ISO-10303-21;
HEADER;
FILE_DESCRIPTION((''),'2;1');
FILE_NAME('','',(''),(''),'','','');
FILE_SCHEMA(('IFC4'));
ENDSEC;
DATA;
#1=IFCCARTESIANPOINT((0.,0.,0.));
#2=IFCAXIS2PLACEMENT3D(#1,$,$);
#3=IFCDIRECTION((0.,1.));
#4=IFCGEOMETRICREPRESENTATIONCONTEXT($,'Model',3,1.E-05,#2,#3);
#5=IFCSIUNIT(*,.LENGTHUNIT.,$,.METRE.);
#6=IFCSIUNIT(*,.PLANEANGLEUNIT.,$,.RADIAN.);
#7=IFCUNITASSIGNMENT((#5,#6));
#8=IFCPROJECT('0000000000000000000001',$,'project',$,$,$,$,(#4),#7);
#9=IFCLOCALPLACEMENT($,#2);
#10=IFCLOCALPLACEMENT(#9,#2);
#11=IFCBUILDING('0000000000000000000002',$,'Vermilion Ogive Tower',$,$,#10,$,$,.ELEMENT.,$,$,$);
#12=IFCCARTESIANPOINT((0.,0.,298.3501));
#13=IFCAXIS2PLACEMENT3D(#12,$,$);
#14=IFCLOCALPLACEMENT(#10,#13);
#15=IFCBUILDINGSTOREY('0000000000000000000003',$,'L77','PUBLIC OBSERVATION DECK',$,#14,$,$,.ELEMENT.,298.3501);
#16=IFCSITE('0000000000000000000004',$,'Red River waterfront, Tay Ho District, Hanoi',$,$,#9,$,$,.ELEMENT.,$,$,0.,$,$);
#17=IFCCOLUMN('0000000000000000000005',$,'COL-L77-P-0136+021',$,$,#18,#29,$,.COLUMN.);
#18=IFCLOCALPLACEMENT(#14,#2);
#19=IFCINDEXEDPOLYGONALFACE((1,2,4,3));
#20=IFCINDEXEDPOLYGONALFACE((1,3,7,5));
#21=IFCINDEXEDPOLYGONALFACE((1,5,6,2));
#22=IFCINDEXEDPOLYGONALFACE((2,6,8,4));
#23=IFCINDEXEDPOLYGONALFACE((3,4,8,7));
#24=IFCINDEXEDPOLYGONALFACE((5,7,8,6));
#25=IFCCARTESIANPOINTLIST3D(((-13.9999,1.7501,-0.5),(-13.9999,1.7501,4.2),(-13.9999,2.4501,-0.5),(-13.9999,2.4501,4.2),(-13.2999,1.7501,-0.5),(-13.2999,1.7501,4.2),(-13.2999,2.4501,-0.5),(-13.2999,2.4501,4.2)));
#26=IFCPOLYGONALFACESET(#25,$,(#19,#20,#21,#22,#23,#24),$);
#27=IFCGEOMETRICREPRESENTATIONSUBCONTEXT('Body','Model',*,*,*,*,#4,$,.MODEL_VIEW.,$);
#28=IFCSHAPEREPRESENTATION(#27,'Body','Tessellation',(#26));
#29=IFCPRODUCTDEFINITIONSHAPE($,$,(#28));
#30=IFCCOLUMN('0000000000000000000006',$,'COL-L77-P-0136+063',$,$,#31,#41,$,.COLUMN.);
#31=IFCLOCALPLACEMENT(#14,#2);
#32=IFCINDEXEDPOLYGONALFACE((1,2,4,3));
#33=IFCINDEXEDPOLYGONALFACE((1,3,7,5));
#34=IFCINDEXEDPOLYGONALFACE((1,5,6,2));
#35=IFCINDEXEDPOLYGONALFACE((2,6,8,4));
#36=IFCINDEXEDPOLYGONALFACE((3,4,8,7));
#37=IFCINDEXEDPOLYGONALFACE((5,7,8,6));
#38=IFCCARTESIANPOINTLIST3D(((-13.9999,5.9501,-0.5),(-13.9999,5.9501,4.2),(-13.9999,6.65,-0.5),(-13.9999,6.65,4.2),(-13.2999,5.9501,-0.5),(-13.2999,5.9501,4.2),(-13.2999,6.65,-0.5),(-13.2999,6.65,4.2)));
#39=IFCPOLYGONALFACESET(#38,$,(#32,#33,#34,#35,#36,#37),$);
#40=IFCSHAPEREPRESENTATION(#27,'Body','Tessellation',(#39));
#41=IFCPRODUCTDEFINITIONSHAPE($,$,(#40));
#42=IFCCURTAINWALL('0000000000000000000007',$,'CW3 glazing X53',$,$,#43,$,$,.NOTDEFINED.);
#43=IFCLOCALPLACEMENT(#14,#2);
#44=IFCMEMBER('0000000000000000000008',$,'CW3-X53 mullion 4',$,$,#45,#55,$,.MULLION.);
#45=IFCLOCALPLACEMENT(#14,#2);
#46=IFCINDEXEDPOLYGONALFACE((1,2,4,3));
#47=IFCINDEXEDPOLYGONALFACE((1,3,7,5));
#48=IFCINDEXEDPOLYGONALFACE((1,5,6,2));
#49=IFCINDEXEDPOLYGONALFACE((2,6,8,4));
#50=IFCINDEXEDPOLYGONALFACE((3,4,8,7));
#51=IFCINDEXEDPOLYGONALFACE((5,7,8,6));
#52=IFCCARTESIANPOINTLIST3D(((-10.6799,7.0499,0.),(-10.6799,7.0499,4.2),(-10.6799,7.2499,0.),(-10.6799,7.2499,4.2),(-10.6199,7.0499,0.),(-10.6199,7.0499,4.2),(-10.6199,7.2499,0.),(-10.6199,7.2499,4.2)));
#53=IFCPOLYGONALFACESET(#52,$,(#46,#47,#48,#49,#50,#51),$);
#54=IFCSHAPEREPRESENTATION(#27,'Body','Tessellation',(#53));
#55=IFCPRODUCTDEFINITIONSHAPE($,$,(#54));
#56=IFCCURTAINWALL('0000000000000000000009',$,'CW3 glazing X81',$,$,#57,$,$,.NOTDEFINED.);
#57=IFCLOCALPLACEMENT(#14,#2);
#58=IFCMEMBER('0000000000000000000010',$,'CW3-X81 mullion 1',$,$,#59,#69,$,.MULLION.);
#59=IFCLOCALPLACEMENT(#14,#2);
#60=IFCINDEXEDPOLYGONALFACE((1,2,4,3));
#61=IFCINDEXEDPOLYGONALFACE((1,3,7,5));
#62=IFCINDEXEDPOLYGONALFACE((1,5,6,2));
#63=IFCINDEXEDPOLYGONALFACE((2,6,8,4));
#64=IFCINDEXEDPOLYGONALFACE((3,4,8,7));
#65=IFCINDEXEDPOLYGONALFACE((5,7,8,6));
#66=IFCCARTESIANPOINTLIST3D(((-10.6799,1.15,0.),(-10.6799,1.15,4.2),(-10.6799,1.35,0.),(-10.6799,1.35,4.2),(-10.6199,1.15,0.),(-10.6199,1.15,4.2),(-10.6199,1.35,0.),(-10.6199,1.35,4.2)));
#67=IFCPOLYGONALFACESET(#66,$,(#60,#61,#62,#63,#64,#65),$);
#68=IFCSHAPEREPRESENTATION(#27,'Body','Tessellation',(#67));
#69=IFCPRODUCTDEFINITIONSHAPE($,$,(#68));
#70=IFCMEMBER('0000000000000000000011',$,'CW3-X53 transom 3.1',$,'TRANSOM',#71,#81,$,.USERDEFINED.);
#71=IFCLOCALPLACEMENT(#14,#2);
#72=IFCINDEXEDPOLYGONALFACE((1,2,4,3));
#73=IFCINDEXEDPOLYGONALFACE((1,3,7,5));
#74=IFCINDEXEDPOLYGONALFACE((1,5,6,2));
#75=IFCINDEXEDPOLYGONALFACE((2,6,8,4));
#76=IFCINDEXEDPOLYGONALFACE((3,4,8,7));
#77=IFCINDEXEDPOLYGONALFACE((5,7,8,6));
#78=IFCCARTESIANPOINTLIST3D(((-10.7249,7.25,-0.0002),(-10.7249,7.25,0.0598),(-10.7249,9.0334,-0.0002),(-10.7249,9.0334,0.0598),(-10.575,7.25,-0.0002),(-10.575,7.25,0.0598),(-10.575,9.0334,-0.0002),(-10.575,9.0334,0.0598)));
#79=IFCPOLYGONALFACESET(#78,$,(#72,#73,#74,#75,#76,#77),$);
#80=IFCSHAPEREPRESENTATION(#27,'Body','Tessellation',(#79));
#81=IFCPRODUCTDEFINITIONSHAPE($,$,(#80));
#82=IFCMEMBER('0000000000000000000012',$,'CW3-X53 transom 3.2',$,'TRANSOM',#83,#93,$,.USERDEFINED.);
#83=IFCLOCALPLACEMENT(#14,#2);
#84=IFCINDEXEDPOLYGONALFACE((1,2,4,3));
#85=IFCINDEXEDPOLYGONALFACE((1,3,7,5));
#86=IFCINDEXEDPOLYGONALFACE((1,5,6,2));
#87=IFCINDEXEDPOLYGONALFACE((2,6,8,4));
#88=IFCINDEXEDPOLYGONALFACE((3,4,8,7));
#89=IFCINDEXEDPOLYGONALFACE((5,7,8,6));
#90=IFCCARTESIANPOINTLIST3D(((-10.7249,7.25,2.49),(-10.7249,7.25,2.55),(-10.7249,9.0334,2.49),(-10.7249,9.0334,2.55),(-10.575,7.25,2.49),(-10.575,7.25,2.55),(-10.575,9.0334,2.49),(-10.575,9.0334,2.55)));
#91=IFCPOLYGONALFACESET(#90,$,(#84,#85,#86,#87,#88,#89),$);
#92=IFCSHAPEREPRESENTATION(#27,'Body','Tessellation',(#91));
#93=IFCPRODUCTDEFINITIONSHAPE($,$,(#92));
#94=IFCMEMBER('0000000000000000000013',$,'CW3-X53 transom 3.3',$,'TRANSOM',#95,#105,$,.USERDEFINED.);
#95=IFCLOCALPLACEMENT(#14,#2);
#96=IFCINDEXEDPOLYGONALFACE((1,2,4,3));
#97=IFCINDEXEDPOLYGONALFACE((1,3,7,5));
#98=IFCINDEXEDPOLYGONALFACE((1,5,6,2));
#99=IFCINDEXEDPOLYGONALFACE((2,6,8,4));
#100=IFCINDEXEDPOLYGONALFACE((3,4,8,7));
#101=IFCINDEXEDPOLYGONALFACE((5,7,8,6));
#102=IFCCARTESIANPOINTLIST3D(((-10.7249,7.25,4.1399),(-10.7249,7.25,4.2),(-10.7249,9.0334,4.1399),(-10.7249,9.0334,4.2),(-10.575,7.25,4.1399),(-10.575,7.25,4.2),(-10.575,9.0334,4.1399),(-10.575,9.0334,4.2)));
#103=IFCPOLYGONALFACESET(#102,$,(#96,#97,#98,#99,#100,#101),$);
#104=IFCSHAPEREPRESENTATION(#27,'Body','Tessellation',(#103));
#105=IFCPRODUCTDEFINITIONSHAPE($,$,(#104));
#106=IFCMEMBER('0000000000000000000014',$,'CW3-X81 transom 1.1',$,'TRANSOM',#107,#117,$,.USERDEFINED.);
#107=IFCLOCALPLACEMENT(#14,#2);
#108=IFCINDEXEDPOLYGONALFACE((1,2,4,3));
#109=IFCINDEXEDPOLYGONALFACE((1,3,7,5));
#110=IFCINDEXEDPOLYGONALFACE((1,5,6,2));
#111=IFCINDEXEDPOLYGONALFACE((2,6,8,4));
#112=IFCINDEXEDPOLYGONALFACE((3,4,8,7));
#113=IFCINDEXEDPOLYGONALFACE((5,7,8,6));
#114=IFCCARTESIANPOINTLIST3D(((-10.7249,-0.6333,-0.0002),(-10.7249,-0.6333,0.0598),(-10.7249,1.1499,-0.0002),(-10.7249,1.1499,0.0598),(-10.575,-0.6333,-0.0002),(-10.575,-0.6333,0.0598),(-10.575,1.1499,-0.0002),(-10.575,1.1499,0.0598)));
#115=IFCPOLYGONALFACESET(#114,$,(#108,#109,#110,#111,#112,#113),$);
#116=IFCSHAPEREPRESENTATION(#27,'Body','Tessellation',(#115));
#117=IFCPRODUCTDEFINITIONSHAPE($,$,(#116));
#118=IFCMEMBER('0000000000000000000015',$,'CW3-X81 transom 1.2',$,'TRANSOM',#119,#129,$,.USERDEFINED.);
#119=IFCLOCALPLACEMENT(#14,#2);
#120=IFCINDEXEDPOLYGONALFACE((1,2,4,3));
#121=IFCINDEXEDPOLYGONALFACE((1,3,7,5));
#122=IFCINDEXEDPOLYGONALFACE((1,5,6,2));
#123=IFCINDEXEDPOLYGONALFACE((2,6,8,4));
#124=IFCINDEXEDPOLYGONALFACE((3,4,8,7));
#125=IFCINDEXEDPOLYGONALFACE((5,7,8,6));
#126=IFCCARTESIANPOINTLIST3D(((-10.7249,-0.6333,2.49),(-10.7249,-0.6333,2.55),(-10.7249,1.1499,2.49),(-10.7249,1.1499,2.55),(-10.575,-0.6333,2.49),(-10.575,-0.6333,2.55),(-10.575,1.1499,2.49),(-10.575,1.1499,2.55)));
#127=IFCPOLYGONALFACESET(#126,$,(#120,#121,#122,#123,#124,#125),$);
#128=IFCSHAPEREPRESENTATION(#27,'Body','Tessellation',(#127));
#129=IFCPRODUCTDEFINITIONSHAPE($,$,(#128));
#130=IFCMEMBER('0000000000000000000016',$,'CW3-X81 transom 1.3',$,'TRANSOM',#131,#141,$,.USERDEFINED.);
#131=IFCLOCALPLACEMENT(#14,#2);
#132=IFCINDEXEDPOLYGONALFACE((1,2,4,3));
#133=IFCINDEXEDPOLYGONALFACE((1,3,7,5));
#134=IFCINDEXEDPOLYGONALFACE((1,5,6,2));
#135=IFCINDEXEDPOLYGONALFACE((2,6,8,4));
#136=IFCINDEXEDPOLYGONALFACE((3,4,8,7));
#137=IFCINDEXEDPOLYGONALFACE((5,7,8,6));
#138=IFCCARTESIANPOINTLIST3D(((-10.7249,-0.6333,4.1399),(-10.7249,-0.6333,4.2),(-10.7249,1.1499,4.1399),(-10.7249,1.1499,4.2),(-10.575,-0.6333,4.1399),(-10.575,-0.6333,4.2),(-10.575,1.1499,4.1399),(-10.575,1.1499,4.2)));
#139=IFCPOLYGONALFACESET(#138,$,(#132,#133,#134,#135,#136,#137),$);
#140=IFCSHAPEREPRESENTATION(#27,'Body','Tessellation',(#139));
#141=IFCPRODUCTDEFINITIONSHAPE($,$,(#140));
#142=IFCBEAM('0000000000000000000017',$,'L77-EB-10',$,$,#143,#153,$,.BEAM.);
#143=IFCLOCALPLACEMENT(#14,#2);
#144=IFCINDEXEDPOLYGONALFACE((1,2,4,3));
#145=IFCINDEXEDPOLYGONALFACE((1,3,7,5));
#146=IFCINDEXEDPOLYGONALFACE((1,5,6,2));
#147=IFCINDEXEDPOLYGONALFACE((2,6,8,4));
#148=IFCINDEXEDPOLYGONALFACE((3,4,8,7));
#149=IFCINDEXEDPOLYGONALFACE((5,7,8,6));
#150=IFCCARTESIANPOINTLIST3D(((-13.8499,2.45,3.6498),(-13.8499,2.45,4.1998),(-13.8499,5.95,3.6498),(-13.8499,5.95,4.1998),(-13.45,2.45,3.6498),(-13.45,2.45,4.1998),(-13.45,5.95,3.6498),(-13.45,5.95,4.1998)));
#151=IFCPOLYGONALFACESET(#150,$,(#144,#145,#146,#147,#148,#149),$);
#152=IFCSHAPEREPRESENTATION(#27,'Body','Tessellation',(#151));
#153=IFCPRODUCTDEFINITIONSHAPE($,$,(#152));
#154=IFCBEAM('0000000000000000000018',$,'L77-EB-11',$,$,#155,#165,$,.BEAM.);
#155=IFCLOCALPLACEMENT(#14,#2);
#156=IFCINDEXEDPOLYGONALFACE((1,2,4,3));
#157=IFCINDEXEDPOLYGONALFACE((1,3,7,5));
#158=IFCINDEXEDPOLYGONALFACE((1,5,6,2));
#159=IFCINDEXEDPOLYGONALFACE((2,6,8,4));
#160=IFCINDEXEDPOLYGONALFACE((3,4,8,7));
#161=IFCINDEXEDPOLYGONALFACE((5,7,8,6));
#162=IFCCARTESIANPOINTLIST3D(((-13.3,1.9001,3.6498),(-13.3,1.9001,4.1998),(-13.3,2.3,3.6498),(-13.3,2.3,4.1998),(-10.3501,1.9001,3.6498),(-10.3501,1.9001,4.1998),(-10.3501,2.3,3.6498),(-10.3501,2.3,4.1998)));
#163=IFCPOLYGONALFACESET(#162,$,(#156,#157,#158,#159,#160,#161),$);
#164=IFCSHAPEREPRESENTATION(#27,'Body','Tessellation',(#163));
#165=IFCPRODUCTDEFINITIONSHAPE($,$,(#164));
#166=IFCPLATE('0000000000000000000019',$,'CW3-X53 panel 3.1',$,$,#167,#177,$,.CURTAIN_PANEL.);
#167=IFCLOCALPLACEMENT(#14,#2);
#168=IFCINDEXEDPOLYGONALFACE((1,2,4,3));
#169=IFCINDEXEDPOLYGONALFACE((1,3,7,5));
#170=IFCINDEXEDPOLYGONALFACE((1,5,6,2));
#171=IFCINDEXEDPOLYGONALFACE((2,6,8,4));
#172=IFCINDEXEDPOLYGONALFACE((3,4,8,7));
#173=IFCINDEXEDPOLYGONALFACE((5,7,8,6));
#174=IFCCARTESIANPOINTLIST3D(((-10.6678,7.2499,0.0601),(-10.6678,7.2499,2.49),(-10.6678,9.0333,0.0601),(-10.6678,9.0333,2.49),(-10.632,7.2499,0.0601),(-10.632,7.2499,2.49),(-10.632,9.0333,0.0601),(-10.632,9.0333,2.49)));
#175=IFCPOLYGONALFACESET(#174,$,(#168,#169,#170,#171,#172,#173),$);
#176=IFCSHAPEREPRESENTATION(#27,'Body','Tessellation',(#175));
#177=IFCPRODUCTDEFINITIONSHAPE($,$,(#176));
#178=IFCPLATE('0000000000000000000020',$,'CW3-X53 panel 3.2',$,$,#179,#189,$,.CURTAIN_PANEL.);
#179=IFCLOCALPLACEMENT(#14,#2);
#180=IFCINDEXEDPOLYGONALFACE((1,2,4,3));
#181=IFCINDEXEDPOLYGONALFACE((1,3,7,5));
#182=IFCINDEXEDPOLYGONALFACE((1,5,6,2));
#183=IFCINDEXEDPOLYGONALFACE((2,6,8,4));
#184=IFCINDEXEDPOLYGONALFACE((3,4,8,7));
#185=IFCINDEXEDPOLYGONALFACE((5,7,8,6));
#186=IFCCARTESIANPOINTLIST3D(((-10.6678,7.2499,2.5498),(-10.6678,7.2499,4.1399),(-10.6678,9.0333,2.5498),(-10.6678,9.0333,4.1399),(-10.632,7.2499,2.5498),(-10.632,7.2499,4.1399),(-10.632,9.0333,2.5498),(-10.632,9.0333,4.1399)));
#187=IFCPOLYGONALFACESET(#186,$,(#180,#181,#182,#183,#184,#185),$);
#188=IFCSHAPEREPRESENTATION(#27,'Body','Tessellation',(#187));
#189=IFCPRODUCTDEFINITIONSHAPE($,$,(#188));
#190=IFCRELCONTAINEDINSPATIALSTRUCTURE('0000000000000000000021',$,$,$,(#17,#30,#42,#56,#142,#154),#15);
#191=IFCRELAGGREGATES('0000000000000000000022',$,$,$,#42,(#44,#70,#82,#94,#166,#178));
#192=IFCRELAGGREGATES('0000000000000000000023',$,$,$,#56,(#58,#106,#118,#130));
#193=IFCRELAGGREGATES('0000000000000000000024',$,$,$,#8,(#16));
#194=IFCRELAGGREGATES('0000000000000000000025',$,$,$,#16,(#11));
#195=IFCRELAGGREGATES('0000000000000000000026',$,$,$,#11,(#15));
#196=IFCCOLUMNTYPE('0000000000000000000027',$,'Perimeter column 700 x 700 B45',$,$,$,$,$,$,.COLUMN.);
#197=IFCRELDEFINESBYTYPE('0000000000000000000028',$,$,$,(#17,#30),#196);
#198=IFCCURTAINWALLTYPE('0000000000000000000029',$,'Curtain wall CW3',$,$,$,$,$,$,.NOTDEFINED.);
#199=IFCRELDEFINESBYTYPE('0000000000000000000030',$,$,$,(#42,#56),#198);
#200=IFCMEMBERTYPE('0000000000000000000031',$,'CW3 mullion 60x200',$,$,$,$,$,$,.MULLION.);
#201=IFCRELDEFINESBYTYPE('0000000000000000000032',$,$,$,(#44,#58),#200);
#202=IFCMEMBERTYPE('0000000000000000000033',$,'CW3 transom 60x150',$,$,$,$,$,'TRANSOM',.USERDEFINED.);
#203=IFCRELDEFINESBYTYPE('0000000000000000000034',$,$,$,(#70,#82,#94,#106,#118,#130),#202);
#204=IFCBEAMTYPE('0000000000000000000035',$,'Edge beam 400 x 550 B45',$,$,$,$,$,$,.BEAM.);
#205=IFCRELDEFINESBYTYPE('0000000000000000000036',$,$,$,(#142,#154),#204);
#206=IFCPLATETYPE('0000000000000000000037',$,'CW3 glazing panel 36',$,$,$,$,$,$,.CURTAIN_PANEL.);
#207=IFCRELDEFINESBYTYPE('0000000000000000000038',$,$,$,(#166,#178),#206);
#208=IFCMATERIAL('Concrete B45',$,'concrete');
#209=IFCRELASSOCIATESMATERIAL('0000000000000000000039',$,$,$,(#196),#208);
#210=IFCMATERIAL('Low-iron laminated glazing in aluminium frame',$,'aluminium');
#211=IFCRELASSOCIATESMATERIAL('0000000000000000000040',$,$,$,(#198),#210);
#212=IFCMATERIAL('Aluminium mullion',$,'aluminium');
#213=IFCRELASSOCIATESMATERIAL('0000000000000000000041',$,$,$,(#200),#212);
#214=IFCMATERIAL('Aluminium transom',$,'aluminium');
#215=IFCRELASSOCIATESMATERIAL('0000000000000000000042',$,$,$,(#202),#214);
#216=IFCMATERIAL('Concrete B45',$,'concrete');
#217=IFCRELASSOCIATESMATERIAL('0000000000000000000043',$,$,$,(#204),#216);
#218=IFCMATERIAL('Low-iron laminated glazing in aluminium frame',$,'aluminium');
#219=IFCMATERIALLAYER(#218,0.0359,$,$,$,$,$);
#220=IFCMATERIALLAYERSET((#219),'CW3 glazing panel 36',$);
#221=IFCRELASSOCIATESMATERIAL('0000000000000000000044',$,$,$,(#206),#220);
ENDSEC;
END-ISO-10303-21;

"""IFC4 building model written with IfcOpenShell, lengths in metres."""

from ifc_helpers import new_model, si_unit, direction, frame, origin, origin_2d, place, context, subcontext, project, spatial, rectangle, extrude, material, layer, layer_set, material_profile, profile_set, type_object, element, aggregate, save


model = new_model("IFC4")

# Units and contexts
model_context = context("Model", 3, precision=1e-05, world=origin(), true_north=direction((0.0, 1.0)))
body_context = subcontext(model_context, "Body", "Model", "MODEL_VIEW")
ifc_project = project(units=[si_unit("LENGTHUNIT", "METRE"), si_unit("PLANEANGLEUNIT", "RADIAN")], contexts=[model_context])

# Site, building, storey
site_placement = place(None, origin())
site = spatial("IfcSite", under=ifc_project, at=site_placement, Name="Red River waterfront, Tay Ho District, Hanoi", CompositionType="ELEMENT", RefElevation=0.0)
building_placement = place(site_placement, origin())
building = spatial("IfcBuilding", under=site, at=building_placement, Name="Vermilion Ogive Tower", CompositionType="ELEMENT")
storey_placement = place(building_placement, frame((0.0, 0.0, 298.3501)))
storey = spatial("IfcBuildingStorey", under=building, at=storey_placement, Name="L77", Description="PUBLIC OBSERVATION DECK", CompositionType="ELEMENT", Elevation=298.3501)

# Columns
ifc_material_1 = material(Name="Concrete B45", Category="concrete")
ifc_material_profile_1 = material_profile(ifc_material_1, rectangle(XDim=0.7, YDim=0.7, at=origin_2d()), Name="700 x 700")
ifc_profile_set_1 = profile_set([ifc_material_profile_1], Name="Concrete B45")
column_type = type_object("IfcColumnType", Name="Perimeter column 700 x 700 B45", PredefinedType="COLUMN", material=ifc_profile_set_1)
for number, where, z_axis, x_axis, name in (
    (1, (-13.6499, 2.1001, -0.5), (0.0, 0.0, 1.0), (1.0, 0.0, 0.0), "COL-L77-P-0136+021"),
    (2, (-13.6499, 6.3, -0.5), (0.0, 0.0, 1.0), (1.0, 0.0, 0.0), "COL-L77-P-0136+063"),
):
    element("IfcColumn", number, at=place(storey_placement, frame(where, z_axis=z_axis, x_axis=x_axis)), inside=storey, type_object=column_type, Name=name, PredefinedType="COLUMN", context=body_context, shape_type="SweptSolid", body=[
        extrude(rectangle(XDim=0.7, YDim=0.7, at=origin_2d()), origin(), (0.0, 0.0, 1.0), 4.7),
    ])

# Curtain walls, members
ifc_material_2 = material(Name="Low-iron laminated glazing in aluminium frame", Category="aluminium")
curtain_wall_type = type_object("IfcCurtainWallType", Name="Curtain wall CW3", PredefinedType="NOTDEFINED", material=ifc_material_2)
curtain_wall_1_placement = place(storey_placement, origin())
curtain_wall_1 = element("IfcCurtainWall", 3, at=curtain_wall_1_placement, inside=storey, type_object=curtain_wall_type, Name="CW3 glazing X53", PredefinedType="NOTDEFINED")
ifc_material_3 = material(Name="Aluminium mullion", Category="aluminium")
ifc_material_profile_2 = material_profile(ifc_material_3, rectangle(XDim=0.0601, YDim=0.2, at=origin_2d()), Name="AL 60x200")
ifc_profile_set_2 = profile_set([ifc_material_profile_2], Name="Aluminium mullion")
member_type_1 = type_object("IfcMemberType", Name="CW3 mullion 60x200", PredefinedType="MULLION", material=ifc_profile_set_2)
member_1_placement = place(storey_placement, frame((-10.6499, 7.1499, 0.0), z_axis=(0.0, 0.0, 1.0), x_axis=(1.0, 0.0, 0.0)))
member_1 = element("IfcMember", 4, at=member_1_placement, type_object=member_type_1, Name="CW3-X53 mullion 4", PredefinedType="MULLION", context=body_context, shape_type="SweptSolid", body=[
    extrude(rectangle(XDim=0.0601, YDim=0.2, at=origin_2d()), origin(), (0.0, 0.0, 1.0), 4.2),
])
curtain_wall_2_placement = place(storey_placement, origin())
curtain_wall_2 = element("IfcCurtainWall", 5, at=curtain_wall_2_placement, inside=storey, type_object=curtain_wall_type, Name="CW3 glazing X81", PredefinedType="NOTDEFINED")
member_2_placement = place(storey_placement, frame((-10.6499, 1.25, 0.0), z_axis=(0.0, 0.0, 1.0), x_axis=(1.0, 0.0, 0.0)))
member_2 = element("IfcMember", 6, at=member_2_placement, type_object=member_type_1, Name="CW3-X81 mullion 1", PredefinedType="MULLION", context=body_context, shape_type="SweptSolid", body=[
    extrude(rectangle(XDim=0.0601, YDim=0.2, at=origin_2d()), origin(), (0.0, 0.0, 1.0), 4.2),
])

# Members
ifc_material_4 = material(Name="Aluminium transom", Category="aluminium")
ifc_material_profile_3 = material_profile(ifc_material_4, rectangle(XDim=0.1499, YDim=0.0601, at=origin_2d()), Name="AL 60x150")
ifc_profile_set_3 = profile_set([ifc_material_profile_3], Name="Aluminium transom")
member_type_2 = type_object("IfcMemberType", Name="CW3 transom 60x150", ElementType="TRANSOM", PredefinedType="USERDEFINED", material=ifc_profile_set_3)
member_3_placement = place(storey_placement, frame((-10.6499, 9.0334, 0.0298), z_axis=(0.0, -1.0, 0.0), x_axis=(1.0, 0.0, 0.0)))
member_3 = element("IfcMember", 7, at=member_3_placement, type_object=member_type_2, Name="CW3-X53 transom 3.1", ObjectType="TRANSOM", PredefinedType="USERDEFINED", context=body_context, shape_type="SweptSolid", body=[
    extrude(rectangle(XDim=0.1499, YDim=0.0601, at=origin_2d()), origin(), (0.0, 0.0, 1.0), 1.7834),
])
member_4_placement = place(storey_placement, frame((-10.6499, 9.0334, 2.52), z_axis=(0.0, -1.0, 0.0), x_axis=(1.0, 0.0, 0.0)))
member_4 = element("IfcMember", 8, at=member_4_placement, type_object=member_type_2, Name="CW3-X53 transom 3.2", ObjectType="TRANSOM", PredefinedType="USERDEFINED", context=body_context, shape_type="SweptSolid", body=[
    extrude(rectangle(XDim=0.1499, YDim=0.0601, at=origin_2d()), origin(), (0.0, 0.0, 1.0), 1.7834),
])
member_5_placement = place(storey_placement, frame((-10.6499, 9.0334, 4.1699), z_axis=(0.0, -1.0, 0.0), x_axis=(1.0, 0.0, 0.0)))
member_5 = element("IfcMember", 9, at=member_5_placement, type_object=member_type_2, Name="CW3-X53 transom 3.3", ObjectType="TRANSOM", PredefinedType="USERDEFINED", context=body_context, shape_type="SweptSolid", body=[
    extrude(rectangle(XDim=0.1499, YDim=0.0601, at=origin_2d()), origin(), (0.0, 0.0, 1.0), 1.7834),
])
member_6_placement = place(storey_placement, frame((-10.6499, 1.1499, 0.0298), z_axis=(0.0, -1.0, 0.0), x_axis=(1.0, 0.0, 0.0)))
member_6 = element("IfcMember", 10, at=member_6_placement, type_object=member_type_2, Name="CW3-X81 transom 1.1", ObjectType="TRANSOM", PredefinedType="USERDEFINED", context=body_context, shape_type="SweptSolid", body=[
    extrude(rectangle(XDim=0.1499, YDim=0.0601, at=origin_2d()), origin(), (0.0, 0.0, 1.0), 1.7832),
])
member_7_placement = place(storey_placement, frame((-10.6499, 1.1499, 2.52), z_axis=(0.0, -1.0, 0.0), x_axis=(1.0, 0.0, 0.0)))
member_7 = element("IfcMember", 11, at=member_7_placement, type_object=member_type_2, Name="CW3-X81 transom 1.2", ObjectType="TRANSOM", PredefinedType="USERDEFINED", context=body_context, shape_type="SweptSolid", body=[
    extrude(rectangle(XDim=0.1499, YDim=0.0601, at=origin_2d()), origin(), (0.0, 0.0, 1.0), 1.7832),
])
member_8_placement = place(storey_placement, frame((-10.6499, 1.1499, 4.1699), z_axis=(0.0, -1.0, 0.0), x_axis=(1.0, 0.0, 0.0)))
member_8 = element("IfcMember", 12, at=member_8_placement, type_object=member_type_2, Name="CW3-X81 transom 1.3", ObjectType="TRANSOM", PredefinedType="USERDEFINED", context=body_context, shape_type="SweptSolid", body=[
    extrude(rectangle(XDim=0.1499, YDim=0.0601, at=origin_2d()), origin(), (0.0, 0.0, 1.0), 1.7832),
])

# Beams
ifc_material_5 = material(Name="Concrete B45", Category="concrete")
ifc_material_profile_4 = material_profile(ifc_material_5, rectangle(XDim=0.3999, YDim=0.55, at=origin_2d()), Name="400 x 550")
ifc_profile_set_4 = profile_set([ifc_material_profile_4], Name="Concrete B45")
beam_type = type_object("IfcBeamType", Name="Edge beam 400 x 550 B45", PredefinedType="BEAM", material=ifc_profile_set_4)
beam_1_placement = place(storey_placement, frame((-13.6499, 5.95, 3.9248), z_axis=(0.0, -1.0, 0.0), x_axis=(1.0, 0.0, 0.0)))
element("IfcBeam", 13, at=beam_1_placement, inside=storey, type_object=beam_type, Name="L77-EB-10", PredefinedType="BEAM", context=body_context, shape_type="SweptSolid", body=[
    extrude(rectangle(XDim=0.3999, YDim=0.55, at=origin_2d()), origin(), (0.0, 0.0, 1.0), 3.5),
])
beam_2_placement = place(storey_placement, frame((-13.3, 2.1001, 3.9248), z_axis=(1.0, 0.0, 0.0), x_axis=(0.0, 1.0, 0.0)))
element("IfcBeam", 14, at=beam_2_placement, inside=storey, type_object=beam_type, Name="L77-EB-11", PredefinedType="BEAM", context=body_context, shape_type="SweptSolid", body=[
    extrude(rectangle(XDim=0.3999, YDim=0.55, at=origin_2d()), origin(), (0.0, 0.0, 1.0), 2.95),
])

# Plates
ifc_material_6 = material(Name="Low-iron laminated glazing in aluminium frame", Category="aluminium")
ifc_layer_1 = layer(ifc_material_6, 0.0359)
ifc_layer_set_1 = layer_set([ifc_layer_1], Name="CW3 glazing panel 36")
plate_type = type_object("IfcPlateType", Name="CW3 glazing panel 36", PredefinedType="CURTAIN_PANEL", material=ifc_layer_set_1)
plate_1_placement = place(storey_placement, frame((-10.6499, 8.1416, 0.0601), z_axis=(0.0, 0.0, 1.0), x_axis=(0.0, -1.0, 0.0)))
plate_1 = element("IfcPlate", 15, at=plate_1_placement, type_object=plate_type, Name="CW3-X53 panel 3.1", PredefinedType="CURTAIN_PANEL", context=body_context, shape_type="SweptSolid", body=[
    extrude(rectangle(XDim=1.7834, YDim=0.0359, at=origin_2d()), origin(), (0.0, 0.0, 1.0), 2.4299),
])
plate_2_placement = place(storey_placement, frame((-10.6499, 8.1416, 2.5498), z_axis=(0.0, 0.0, 1.0), x_axis=(0.0, -1.0, 0.0)))
plate_2 = element("IfcPlate", 16, at=plate_2_placement, type_object=plate_type, Name="CW3-X53 panel 3.2", PredefinedType="CURTAIN_PANEL", context=body_context, shape_type="SweptSolid", body=[
    extrude(rectangle(XDim=1.7834, YDim=0.0359, at=origin_2d()), origin(), (0.0, 0.0, 1.0), 1.5901),
])
aggregate(curtain_wall_1, [member_1, member_3, member_4, member_5, plate_1, plate_2])
aggregate(curtain_wall_2, [member_2, member_6, member_7, member_8])

save(model, "model.ifc")
